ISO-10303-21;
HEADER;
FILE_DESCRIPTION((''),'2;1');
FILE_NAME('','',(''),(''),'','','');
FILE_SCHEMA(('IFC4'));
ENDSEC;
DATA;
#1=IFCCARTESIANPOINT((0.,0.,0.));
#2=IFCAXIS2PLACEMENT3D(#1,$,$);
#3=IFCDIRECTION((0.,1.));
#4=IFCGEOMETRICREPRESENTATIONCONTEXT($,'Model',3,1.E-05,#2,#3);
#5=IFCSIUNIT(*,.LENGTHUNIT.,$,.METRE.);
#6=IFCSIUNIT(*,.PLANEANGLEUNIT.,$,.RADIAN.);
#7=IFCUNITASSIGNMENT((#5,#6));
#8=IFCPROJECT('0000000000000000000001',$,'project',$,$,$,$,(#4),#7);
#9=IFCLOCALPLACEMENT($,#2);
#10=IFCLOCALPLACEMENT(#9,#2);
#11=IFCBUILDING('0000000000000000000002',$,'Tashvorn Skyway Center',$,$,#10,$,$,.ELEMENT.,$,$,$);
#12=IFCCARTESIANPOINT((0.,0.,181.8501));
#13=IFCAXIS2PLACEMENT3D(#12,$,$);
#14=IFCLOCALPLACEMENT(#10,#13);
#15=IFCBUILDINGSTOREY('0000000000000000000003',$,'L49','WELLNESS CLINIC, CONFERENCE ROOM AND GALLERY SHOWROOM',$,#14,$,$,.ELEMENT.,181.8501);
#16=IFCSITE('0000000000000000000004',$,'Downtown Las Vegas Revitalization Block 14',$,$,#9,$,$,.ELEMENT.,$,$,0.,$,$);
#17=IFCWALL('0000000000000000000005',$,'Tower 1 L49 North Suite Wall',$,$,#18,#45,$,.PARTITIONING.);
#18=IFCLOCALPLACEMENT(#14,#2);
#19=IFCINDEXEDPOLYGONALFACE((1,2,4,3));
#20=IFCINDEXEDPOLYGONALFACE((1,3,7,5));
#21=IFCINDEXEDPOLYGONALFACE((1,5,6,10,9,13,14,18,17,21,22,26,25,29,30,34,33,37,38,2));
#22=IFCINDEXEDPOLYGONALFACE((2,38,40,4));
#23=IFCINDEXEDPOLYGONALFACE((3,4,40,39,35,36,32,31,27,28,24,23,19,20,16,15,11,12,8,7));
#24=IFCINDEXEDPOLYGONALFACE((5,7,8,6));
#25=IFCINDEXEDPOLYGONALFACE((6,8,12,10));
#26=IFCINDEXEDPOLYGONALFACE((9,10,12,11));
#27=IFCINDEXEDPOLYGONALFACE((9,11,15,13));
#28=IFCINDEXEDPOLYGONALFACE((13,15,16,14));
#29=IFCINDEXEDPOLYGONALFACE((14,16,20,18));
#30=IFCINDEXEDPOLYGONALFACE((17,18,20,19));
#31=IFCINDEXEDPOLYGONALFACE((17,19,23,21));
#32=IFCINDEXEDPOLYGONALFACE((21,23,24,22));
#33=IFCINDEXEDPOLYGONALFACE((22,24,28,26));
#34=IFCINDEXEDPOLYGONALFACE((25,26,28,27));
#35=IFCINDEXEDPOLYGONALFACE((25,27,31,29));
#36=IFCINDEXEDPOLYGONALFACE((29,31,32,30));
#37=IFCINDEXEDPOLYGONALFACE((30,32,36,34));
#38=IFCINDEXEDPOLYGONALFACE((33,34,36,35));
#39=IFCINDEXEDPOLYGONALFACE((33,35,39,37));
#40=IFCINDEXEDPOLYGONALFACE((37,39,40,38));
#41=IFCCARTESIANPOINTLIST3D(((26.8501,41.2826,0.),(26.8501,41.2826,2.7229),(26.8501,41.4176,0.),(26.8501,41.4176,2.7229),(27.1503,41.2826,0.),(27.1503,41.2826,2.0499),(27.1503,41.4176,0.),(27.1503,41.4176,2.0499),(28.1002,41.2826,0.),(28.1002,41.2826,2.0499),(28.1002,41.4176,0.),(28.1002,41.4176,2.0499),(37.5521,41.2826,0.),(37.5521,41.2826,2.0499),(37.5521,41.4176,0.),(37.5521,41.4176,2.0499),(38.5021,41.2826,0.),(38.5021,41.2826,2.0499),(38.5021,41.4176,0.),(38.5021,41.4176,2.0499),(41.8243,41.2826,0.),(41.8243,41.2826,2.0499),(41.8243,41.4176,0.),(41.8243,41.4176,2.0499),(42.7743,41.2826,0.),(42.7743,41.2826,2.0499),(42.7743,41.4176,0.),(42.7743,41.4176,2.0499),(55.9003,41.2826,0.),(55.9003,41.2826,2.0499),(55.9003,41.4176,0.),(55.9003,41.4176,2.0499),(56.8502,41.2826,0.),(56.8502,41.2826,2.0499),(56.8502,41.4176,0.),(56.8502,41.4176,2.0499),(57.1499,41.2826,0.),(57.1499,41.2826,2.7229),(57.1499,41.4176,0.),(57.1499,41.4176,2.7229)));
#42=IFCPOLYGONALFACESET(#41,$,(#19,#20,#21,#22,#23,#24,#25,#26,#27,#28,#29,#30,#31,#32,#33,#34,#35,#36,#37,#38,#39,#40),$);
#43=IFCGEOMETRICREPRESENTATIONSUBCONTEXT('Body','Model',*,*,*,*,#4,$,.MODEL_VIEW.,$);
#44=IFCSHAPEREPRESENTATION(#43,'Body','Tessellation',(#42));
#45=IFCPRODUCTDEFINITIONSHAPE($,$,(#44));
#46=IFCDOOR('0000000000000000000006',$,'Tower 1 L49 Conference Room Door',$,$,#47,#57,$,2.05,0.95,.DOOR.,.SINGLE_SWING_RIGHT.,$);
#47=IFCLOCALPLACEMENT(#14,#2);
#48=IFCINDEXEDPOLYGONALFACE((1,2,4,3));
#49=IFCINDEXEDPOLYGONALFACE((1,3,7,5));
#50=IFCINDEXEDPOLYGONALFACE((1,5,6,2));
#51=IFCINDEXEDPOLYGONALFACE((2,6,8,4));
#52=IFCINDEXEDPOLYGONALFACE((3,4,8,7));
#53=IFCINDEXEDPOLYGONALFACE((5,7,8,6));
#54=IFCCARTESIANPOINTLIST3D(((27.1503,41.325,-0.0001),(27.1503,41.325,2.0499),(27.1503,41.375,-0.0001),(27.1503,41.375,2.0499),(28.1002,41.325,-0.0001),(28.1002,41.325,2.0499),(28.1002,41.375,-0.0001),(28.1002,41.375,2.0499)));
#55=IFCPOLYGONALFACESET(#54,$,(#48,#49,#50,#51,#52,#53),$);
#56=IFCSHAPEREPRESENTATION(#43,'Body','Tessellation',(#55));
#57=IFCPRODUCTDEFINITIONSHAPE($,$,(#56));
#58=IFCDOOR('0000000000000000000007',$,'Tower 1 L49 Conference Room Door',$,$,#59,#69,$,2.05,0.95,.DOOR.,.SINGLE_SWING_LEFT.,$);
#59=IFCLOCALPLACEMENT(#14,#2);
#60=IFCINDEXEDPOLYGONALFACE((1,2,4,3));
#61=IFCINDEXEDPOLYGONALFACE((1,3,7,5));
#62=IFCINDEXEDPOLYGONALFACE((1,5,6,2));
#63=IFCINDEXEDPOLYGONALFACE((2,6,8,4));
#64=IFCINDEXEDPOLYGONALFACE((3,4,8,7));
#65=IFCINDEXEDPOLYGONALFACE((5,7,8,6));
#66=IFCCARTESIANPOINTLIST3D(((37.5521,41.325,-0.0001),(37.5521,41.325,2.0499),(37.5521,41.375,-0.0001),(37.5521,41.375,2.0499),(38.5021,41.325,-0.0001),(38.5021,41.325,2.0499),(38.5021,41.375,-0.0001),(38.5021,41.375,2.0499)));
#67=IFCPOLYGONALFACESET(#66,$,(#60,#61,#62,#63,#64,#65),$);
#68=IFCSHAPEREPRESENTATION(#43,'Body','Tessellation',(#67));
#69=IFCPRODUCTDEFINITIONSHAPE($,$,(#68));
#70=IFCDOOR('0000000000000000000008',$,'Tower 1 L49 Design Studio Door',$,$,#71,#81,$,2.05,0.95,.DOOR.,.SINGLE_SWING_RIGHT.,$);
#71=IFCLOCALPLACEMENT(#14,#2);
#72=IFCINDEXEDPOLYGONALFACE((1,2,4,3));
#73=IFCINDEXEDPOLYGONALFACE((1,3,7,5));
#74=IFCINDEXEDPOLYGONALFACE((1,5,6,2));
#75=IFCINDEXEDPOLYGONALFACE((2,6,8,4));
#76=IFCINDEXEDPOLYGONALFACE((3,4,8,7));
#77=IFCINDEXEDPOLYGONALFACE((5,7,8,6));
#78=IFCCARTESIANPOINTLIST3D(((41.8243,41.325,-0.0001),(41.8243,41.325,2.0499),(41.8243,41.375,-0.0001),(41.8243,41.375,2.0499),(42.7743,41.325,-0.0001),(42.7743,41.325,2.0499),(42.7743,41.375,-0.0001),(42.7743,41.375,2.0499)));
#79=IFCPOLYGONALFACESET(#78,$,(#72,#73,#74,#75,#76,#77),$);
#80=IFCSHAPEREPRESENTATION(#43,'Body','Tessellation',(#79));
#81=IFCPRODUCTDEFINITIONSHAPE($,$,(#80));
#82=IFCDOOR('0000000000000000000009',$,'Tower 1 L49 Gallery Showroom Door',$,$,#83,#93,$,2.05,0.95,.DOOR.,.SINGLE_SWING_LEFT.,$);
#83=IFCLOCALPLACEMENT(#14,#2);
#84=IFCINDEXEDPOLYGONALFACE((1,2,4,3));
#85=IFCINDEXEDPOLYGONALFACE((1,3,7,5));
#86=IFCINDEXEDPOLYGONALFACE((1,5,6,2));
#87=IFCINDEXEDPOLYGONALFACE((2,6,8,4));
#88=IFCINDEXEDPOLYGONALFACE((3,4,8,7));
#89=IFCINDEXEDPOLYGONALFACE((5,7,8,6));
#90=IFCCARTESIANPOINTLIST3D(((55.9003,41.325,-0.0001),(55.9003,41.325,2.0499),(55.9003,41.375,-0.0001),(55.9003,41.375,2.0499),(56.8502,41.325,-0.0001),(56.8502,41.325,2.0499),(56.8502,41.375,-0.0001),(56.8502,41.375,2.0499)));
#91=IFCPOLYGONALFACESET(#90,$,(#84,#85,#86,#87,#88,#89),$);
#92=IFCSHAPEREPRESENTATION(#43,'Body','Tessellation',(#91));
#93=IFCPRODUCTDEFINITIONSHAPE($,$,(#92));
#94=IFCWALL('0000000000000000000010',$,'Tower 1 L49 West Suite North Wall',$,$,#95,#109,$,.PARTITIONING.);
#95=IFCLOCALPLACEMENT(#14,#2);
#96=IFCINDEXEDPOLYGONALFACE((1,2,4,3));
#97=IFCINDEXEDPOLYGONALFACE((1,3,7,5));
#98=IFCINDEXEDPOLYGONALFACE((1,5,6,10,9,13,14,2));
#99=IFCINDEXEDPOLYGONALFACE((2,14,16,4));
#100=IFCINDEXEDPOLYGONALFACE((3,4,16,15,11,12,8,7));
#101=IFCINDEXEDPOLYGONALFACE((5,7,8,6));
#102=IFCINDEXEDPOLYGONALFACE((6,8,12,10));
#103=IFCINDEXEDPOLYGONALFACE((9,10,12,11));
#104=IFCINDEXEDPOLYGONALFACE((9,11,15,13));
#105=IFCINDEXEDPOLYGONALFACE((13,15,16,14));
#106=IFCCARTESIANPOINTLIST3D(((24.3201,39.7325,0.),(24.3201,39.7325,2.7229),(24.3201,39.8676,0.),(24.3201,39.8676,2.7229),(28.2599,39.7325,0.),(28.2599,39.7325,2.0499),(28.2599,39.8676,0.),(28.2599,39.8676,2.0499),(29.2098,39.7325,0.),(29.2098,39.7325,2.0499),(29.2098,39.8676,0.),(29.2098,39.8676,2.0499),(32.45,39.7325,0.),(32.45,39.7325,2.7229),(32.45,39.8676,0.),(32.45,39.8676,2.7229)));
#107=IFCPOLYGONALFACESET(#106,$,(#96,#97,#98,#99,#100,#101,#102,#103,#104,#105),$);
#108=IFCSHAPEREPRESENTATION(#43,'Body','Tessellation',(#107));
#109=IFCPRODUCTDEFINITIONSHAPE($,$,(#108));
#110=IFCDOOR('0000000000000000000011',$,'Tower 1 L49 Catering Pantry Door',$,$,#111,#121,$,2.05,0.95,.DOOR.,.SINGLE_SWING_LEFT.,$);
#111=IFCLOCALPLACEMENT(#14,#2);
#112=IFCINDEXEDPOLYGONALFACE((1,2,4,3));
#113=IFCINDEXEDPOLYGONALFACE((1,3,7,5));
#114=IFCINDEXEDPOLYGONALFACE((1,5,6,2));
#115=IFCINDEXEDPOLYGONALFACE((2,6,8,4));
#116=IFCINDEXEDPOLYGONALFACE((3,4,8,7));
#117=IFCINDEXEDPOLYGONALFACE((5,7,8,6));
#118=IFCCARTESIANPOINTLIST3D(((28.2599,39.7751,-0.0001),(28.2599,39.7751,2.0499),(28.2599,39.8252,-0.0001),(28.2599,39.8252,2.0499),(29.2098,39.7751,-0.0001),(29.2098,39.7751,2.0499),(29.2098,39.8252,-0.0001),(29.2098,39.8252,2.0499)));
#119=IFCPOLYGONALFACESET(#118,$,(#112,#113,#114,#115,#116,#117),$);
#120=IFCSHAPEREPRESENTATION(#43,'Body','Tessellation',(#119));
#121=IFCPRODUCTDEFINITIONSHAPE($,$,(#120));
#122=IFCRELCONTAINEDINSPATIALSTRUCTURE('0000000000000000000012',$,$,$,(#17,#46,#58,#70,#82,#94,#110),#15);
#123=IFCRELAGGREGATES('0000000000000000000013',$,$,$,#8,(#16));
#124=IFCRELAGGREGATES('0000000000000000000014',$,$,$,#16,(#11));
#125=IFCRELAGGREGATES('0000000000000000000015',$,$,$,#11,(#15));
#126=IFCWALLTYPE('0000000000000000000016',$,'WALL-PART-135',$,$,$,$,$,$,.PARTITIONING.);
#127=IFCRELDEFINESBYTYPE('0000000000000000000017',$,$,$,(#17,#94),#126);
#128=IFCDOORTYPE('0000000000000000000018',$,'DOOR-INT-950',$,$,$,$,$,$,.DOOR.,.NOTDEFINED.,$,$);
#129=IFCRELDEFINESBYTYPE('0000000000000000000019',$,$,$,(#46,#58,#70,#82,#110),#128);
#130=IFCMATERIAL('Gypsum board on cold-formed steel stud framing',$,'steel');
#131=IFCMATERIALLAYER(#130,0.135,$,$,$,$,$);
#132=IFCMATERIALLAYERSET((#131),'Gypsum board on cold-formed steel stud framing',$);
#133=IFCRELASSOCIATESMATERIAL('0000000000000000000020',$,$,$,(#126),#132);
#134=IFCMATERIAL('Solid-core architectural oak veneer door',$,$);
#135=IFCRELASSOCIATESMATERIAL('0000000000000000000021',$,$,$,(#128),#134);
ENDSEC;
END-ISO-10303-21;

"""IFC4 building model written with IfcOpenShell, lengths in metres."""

from ifc_helpers import new_model, si_unit, direction, frame, frame_2d, origin, place, context, subcontext, project, spatial, rectangle, extrude, material, layer, layer_set, type_object, element, fill, save


model = new_model("IFC4")

# Units and contexts
model_context = context("Model", 3, precision=1e-05, world=origin(), true_north=direction((0.0, 1.0)))
body_context = subcontext(model_context, "Body", "Model", "MODEL_VIEW")
ifc_project = project(units=[si_unit("LENGTHUNIT", "METRE"), si_unit("PLANEANGLEUNIT", "RADIAN")], contexts=[model_context])

# Site, building, storey
site_placement = place(None, origin())
site = spatial("IfcSite", under=ifc_project, at=site_placement, Name="Downtown Las Vegas Revitalization Block 14", CompositionType="ELEMENT", RefElevation=0.0)
building_placement = place(site_placement, origin())
building = spatial("IfcBuilding", under=site, at=building_placement, Name="Tashvorn Skyway Center", CompositionType="ELEMENT")
storey_placement = place(building_placement, frame((0.0, 0.0, 181.8501)))
storey = spatial("IfcBuildingStorey", under=building, at=storey_placement, Name="L49", Description="WELLNESS CLINIC, CONFERENCE ROOM AND GALLERY SHOWROOM", CompositionType="ELEMENT", Elevation=181.8501)

# Shared definitions
ifc_material_1 = material(Name="Gypsum board on cold-formed steel stud framing", Category="steel")

# Wall, openings, doors
ifc_layer_1 = layer(ifc_material_1, 0.135)
ifc_layer_set_1 = layer_set([ifc_layer_1], Name="Gypsum board on cold-formed steel stud framing")
wall_type_1 = type_object("IfcWallType", Name="WALL-PART-135", PredefinedType="PARTITIONING", material=ifc_layer_set_1)
wall_1_placement = place(storey_placement, frame((26.8501, 41.3501, 0.0), z_axis=(0.0, 0.0, 1.0), x_axis=(1.0, 0.0, 0.0)))
wall_1 = element("IfcWall", 1, at=wall_1_placement, inside=storey, type_object=wall_type_1, Name="Tower 1 L49 North Suite Wall", PredefinedType="PARTITIONING", context=body_context, shape_type="SweptSolid", body=[
    extrude(rectangle(XDim=30.2998, YDim=0.135, at=frame_2d((15.1499, 0.0))), origin(), (0.0, 0.0, 1.0), 2.7229),
])
opening_1_placement = place(wall_1_placement, frame((0.3, 0.0, 0.0)))
opening_1 = element("IfcOpeningElement", 2, at=opening_1_placement, cuts=wall_1, PredefinedType="OPENING", context=body_context, shape_type="SweptSolid", body=[
    extrude(rectangle(XDim=0.95, YDim=2.05, at=frame_2d((0.4751, 1.0249))), frame((0.0, 0.0774, 0.0), z_axis=(0.0, -1.0, 0.0), x_axis=(1.0, 0.0, 0.0)), (0.0, 0.0, 1.0), 0.155),
])
opening_2_placement = place(wall_1_placement, frame((10.7019, 0.0, 0.0)))
opening_2 = element("IfcOpeningElement", 3, at=opening_2_placement, cuts=wall_1, PredefinedType="OPENING", context=body_context, shape_type="SweptSolid", body=[
    extrude(rectangle(XDim=0.95, YDim=2.05, at=frame_2d((0.4751, 1.0249))), frame((0.0, 0.0774, 0.0), z_axis=(0.0, -1.0, 0.0), x_axis=(1.0, 0.0, 0.0)), (0.0, 0.0, 1.0), 0.155),
])
opening_3_placement = place(wall_1_placement, frame((14.9741, 0.0, 0.0)))
opening_3 = element("IfcOpeningElement", 4, at=opening_3_placement, cuts=wall_1, PredefinedType="OPENING", context=body_context, shape_type="SweptSolid", body=[
    extrude(rectangle(XDim=0.95, YDim=2.05, at=frame_2d((0.4751, 1.0249))), frame((0.0, 0.0774, 0.0), z_axis=(0.0, -1.0, 0.0), x_axis=(1.0, 0.0, 0.0)), (0.0, 0.0, 1.0), 0.155),
])
opening_4_placement = place(wall_1_placement, frame((29.05, 0.0, 0.0)))
opening_4 = element("IfcOpeningElement", 5, at=opening_4_placement, cuts=wall_1, PredefinedType="OPENING", context=body_context, shape_type="SweptSolid", body=[
    extrude(rectangle(XDim=0.95, YDim=2.05, at=frame_2d((0.4751, 1.0249))), frame((0.0, 0.0774, 0.0), z_axis=(0.0, -1.0, 0.0), x_axis=(1.0, 0.0, 0.0)), (0.0, 0.0, 1.0), 0.155),
])
ifc_material_2 = material(Name="Solid-core architectural oak veneer door")
door_type_1 = type_object("IfcDoorType", Name="DOOR-INT-950", OperationType="NOTDEFINED", PredefinedType="DOOR", material=ifc_material_2)
door_1_placement = place(opening_1_placement, origin())
door_1 = element("IfcDoor", 6, at=door_1_placement, inside=storey, type_object=door_type_1, Name="Tower 1 L49 Conference Room Door", OperationType="SINGLE_SWING_RIGHT", OverallHeight=2.05, OverallWidth=0.95, PredefinedType="DOOR", context=body_context, shape_type="SweptSolid", body=[
    extrude(rectangle(XDim=0.95, YDim=2.05, at=frame_2d((0.4751, 1.0249))), frame((0.0, 0.0249, 0.0), z_axis=(0.0, -1.0, 0.0), x_axis=(1.0, 0.0, 0.0)), (0.0, 0.0, 1.0), 0.05),
])
fill(opening_1, door_1)
door_2_placement = place(opening_2_placement, origin())
door_2 = element("IfcDoor", 7, at=door_2_placement, inside=storey, type_object=door_type_1, Name="Tower 1 L49 Conference Room Door", OperationType="SINGLE_SWING_LEFT", OverallHeight=2.05, OverallWidth=0.95, PredefinedType="DOOR", context=body_context, shape_type="SweptSolid", body=[
    extrude(rectangle(XDim=0.95, YDim=2.05, at=frame_2d((0.4751, 1.0249))), frame((0.0, 0.0249, 0.0), z_axis=(0.0, -1.0, 0.0), x_axis=(1.0, 0.0, 0.0)), (0.0, 0.0, 1.0), 0.05),
])
fill(opening_2, door_2)
door_3_placement = place(opening_3_placement, origin())
door_3 = element("IfcDoor", 8, at=door_3_placement, inside=storey, type_object=door_type_1, Name="Tower 1 L49 Design Studio Door", OperationType="SINGLE_SWING_RIGHT", OverallHeight=2.05, OverallWidth=0.95, PredefinedType="DOOR", context=body_context, shape_type="SweptSolid", body=[
    extrude(rectangle(XDim=0.95, YDim=2.05, at=frame_2d((0.4751, 1.0249))), frame((0.0, 0.0249, 0.0), z_axis=(0.0, -1.0, 0.0), x_axis=(1.0, 0.0, 0.0)), (0.0, 0.0, 1.0), 0.05),
])
fill(opening_3, door_3)
door_4_placement = place(opening_4_placement, origin())
door_4 = element("IfcDoor", 9, at=door_4_placement, inside=storey, type_object=door_type_1, Name="Tower 1 L49 Gallery Showroom Door", OperationType="SINGLE_SWING_LEFT", OverallHeight=2.05, OverallWidth=0.95, PredefinedType="DOOR", context=body_context, shape_type="SweptSolid", body=[
    extrude(rectangle(XDim=0.95, YDim=2.05, at=frame_2d((0.4751, 1.0249))), frame((0.0, 0.0249, 0.0), z_axis=(0.0, -1.0, 0.0), x_axis=(1.0, 0.0, 0.0)), (0.0, 0.0, 1.0), 0.05),
])
fill(opening_4, door_4)

# Wall, opening, door
wall_2_placement = place(storey_placement, frame((32.45, 39.8, 0.0), z_axis=(0.0, 0.0, 1.0), x_axis=(-1.0, 0.0, 0.0)))
wall_2 = element("IfcWall", 10, at=wall_2_placement, inside=storey, type_object=wall_type_1, Name="Tower 1 L49 West Suite North Wall", PredefinedType="PARTITIONING", context=body_context, shape_type="SweptSolid", body=[
    extrude(rectangle(XDim=8.1299, YDim=0.135, at=frame_2d((4.0649, 0.0))), origin(), (0.0, 0.0, 1.0), 2.7229),
])
opening_5_placement = place(wall_2_placement, frame((3.24, 0.0, 0.0)))
opening_5 = element("IfcOpeningElement", 11, at=opening_5_placement, cuts=wall_2, PredefinedType="OPENING", context=body_context, shape_type="SweptSolid", body=[
    extrude(rectangle(XDim=0.95, YDim=2.05, at=frame_2d((0.4751, 1.0249))), frame((0.0, 0.0774, 0.0), z_axis=(0.0, -1.0, 0.0), x_axis=(1.0, 0.0, 0.0)), (0.0, 0.0, 1.0), 0.155),
])
door_5_placement = place(opening_5_placement, origin())
door_5 = element("IfcDoor", 12, at=door_5_placement, inside=storey, type_object=door_type_1, Name="Tower 1 L49 Catering Pantry Door", OperationType="SINGLE_SWING_LEFT", OverallHeight=2.05, OverallWidth=0.95, PredefinedType="DOOR", context=body_context, shape_type="SweptSolid", body=[
    extrude(rectangle(XDim=0.95, YDim=2.05, at=frame_2d((0.4751, 1.0249))), frame((0.0, 0.0249, 0.0), z_axis=(0.0, -1.0, 0.0), x_axis=(1.0, 0.0, 0.0)), (0.0, 0.0, 1.0), 0.05),
])
fill(opening_5, door_5)

save(model, "model.ifc")
